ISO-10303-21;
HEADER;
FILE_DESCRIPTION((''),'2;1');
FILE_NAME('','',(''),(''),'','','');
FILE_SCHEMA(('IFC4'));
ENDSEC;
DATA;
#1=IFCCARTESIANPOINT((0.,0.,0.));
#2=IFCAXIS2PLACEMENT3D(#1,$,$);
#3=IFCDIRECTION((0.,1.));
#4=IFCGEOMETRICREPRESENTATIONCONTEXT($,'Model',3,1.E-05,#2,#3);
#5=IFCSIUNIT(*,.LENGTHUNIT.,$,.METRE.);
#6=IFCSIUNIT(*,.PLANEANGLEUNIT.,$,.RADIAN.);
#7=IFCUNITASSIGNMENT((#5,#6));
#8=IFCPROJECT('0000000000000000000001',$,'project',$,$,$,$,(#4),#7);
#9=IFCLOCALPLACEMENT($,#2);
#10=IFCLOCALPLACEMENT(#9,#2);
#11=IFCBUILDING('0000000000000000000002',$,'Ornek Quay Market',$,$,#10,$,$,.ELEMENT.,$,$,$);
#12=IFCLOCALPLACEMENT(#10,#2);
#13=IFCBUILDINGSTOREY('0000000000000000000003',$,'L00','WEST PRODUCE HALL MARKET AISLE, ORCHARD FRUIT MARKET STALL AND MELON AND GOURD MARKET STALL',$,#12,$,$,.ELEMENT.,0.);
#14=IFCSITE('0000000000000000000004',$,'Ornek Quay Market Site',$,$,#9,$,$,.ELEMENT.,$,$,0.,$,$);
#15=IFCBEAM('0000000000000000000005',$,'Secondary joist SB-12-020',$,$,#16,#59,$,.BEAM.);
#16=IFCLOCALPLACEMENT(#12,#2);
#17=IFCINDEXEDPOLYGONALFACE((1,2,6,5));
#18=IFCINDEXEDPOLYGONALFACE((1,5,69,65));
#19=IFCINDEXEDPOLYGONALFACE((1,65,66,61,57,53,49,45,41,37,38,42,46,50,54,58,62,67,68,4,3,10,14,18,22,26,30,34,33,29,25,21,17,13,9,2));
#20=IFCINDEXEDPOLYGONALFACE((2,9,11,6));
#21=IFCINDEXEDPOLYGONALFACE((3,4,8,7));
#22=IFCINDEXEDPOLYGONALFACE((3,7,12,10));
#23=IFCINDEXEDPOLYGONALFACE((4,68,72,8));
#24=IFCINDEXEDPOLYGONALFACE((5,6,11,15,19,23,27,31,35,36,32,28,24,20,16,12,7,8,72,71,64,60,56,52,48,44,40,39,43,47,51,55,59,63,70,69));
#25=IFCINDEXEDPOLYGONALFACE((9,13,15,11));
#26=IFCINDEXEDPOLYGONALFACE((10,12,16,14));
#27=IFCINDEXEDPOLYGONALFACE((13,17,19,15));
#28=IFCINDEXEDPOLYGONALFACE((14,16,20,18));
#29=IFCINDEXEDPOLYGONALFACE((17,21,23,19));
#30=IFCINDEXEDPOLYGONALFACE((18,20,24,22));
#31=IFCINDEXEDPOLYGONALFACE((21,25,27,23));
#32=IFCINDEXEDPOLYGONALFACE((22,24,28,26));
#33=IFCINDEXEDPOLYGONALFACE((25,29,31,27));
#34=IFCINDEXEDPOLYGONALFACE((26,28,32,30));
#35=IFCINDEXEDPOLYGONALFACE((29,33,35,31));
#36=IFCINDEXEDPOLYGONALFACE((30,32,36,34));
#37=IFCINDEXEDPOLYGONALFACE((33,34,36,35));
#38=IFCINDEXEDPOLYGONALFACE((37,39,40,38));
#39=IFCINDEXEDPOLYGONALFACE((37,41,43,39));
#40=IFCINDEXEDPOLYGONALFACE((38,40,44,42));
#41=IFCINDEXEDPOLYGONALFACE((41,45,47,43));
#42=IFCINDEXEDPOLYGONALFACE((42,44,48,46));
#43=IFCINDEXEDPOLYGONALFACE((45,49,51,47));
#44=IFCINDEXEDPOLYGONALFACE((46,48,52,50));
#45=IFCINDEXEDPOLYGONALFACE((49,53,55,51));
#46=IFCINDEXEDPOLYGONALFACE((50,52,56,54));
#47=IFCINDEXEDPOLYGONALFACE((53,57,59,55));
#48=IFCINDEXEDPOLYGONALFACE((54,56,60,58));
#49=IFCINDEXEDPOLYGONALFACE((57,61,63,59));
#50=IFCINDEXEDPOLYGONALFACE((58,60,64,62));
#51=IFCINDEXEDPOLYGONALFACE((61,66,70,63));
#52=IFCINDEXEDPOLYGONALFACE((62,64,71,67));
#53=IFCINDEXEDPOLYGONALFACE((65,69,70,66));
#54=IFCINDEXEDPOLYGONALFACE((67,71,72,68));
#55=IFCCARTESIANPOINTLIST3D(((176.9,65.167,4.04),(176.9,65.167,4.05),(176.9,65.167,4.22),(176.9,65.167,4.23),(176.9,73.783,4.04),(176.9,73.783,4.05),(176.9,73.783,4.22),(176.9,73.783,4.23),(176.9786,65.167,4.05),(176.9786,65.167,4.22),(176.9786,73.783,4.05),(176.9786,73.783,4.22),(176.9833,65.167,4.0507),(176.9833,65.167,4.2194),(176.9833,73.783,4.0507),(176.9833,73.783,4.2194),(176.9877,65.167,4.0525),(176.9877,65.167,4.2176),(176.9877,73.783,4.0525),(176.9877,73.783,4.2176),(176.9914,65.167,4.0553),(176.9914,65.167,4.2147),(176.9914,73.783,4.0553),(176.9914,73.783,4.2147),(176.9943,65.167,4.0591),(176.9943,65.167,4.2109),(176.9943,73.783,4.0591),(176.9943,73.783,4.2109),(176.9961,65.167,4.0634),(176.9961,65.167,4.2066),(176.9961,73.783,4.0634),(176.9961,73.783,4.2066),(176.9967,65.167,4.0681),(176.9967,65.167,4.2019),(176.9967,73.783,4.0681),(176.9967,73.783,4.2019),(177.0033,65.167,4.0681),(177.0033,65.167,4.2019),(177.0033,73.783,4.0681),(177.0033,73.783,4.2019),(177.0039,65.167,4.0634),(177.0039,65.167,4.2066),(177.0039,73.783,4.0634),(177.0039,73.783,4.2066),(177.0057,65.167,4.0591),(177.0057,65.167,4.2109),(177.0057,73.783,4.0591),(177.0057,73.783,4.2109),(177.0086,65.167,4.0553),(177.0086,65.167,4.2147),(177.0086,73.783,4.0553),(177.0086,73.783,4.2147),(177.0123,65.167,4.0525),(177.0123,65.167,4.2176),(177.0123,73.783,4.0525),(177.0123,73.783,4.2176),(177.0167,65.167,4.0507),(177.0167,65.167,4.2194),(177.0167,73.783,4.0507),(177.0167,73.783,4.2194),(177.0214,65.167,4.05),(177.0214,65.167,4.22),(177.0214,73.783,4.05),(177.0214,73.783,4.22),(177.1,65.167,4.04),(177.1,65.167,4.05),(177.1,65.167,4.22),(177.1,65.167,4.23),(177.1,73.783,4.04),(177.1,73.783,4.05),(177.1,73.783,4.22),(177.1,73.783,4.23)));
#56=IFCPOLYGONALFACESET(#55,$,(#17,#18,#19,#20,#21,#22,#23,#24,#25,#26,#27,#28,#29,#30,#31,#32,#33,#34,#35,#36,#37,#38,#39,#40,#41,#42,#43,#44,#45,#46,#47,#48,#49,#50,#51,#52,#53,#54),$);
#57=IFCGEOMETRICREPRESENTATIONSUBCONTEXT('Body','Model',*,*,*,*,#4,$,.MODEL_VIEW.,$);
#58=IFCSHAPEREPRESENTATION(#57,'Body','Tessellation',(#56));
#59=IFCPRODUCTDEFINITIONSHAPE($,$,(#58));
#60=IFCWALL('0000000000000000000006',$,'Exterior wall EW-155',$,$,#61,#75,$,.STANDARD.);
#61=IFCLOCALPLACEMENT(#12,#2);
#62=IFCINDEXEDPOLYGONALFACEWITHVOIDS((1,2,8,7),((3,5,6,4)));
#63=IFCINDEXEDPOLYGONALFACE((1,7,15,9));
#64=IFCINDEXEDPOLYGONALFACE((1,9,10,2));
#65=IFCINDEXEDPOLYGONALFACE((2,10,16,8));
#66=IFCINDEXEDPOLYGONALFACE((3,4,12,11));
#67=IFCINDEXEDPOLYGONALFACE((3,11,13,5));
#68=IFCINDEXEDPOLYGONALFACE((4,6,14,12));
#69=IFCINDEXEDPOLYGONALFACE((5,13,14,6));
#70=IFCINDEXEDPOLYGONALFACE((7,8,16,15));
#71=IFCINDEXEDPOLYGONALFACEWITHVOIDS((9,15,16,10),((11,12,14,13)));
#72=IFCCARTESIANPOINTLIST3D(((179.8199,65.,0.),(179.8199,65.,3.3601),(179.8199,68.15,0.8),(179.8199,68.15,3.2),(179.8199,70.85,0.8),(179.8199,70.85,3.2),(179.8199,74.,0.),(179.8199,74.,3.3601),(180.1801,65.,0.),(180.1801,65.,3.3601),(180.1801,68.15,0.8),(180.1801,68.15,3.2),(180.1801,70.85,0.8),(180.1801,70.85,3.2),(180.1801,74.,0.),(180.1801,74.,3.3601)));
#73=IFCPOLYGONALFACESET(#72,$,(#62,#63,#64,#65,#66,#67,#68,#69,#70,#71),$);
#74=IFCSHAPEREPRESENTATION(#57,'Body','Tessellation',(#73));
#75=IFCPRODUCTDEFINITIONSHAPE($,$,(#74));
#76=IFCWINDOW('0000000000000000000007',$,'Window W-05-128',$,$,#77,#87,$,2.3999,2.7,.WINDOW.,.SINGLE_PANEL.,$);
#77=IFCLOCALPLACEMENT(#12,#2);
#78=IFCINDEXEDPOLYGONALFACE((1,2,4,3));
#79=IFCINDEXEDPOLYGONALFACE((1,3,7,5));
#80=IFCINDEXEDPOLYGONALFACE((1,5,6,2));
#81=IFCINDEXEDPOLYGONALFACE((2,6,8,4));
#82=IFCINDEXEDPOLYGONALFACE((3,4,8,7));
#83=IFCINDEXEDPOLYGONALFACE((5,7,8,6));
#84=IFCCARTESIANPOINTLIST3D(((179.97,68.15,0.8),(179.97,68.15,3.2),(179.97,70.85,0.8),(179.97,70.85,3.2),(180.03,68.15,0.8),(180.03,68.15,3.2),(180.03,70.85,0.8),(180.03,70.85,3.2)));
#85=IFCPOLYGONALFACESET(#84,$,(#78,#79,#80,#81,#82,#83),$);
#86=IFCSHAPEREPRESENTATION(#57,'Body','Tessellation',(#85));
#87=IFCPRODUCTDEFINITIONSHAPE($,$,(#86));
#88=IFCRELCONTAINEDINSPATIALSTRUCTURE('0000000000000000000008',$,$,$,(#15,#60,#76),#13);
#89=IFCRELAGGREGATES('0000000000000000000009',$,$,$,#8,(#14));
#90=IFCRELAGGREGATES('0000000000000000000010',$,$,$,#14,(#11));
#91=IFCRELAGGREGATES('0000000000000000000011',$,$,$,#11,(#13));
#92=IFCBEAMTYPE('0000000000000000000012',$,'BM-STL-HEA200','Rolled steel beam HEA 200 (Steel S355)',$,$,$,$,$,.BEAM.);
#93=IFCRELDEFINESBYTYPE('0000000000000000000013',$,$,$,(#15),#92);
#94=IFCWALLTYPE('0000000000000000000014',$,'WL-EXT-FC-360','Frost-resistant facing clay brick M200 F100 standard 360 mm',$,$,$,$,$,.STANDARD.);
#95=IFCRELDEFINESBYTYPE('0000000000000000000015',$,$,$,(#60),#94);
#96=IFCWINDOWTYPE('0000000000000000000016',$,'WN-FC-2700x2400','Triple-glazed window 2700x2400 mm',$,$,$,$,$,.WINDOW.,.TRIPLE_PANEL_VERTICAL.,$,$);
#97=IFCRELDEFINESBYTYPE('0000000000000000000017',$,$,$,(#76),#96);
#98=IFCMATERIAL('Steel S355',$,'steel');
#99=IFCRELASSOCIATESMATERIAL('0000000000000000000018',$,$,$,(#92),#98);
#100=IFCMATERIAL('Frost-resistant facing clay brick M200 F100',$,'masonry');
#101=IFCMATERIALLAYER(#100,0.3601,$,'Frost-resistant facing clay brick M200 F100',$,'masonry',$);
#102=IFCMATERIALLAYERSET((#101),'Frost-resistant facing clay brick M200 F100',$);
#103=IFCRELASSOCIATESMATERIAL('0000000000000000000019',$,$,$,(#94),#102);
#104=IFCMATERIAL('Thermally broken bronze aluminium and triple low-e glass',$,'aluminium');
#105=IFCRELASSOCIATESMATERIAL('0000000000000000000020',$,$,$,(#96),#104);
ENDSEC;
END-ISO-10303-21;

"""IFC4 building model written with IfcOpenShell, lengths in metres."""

from ifc_helpers import new_model, si_unit, direction, frame, frame_2d, origin, origin_2d, place, context, subcontext, project, spatial, rectangle, i_section, extrude, material, layer, layer_set, material_profile, profile_set, type_object, element, fill, save


model = new_model("IFC4")

# Units and contexts
model_context = context("Model", 3, precision=1e-05, world=origin(), true_north=direction((0.0, 1.0)))
body_context = subcontext(model_context, "Body", "Model", "MODEL_VIEW")
ifc_project = project(units=[si_unit("LENGTHUNIT", "METRE"), si_unit("PLANEANGLEUNIT", "RADIAN")], contexts=[model_context])

# Site, building, storey
site_placement = place(None, origin())
site = spatial("IfcSite", under=ifc_project, at=site_placement, Name="Ornek Quay Market Site", CompositionType="ELEMENT", RefElevation=0.0)
building_placement = place(site_placement, origin())
building = spatial("IfcBuilding", under=site, at=building_placement, Name="Ornek Quay Market", CompositionType="ELEMENT")
storey_placement = place(building_placement, origin())
storey = spatial("IfcBuildingStorey", under=building, at=storey_placement, Name="L00", Description="WEST PRODUCE HALL MARKET AISLE, ORCHARD FRUIT MARKET STALL AND MELON AND GOURD MARKET STALL", CompositionType="ELEMENT", Elevation=0.0)

# Beam
ifc_material_1 = material(Name="Steel S355", Category="steel")
ifc_material_profile_1 = material_profile(ifc_material_1, i_section(OverallWidth=0.2, OverallDepth=0.1899, WebThickness=0.0066, FlangeThickness=0.01, FilletRadius=0.0181, at=origin_2d()), Name="HEA 200", Category="steel")
ifc_profile_set_1 = profile_set([ifc_material_profile_1], Name="Steel S355")
beam_type_1 = type_object("IfcBeamType", Name="BM-STL-HEA200", Description="Rolled steel beam HEA 200 (Steel S355)", PredefinedType="BEAM", material=ifc_profile_set_1)
for number, where, z_axis, x_axis, name in (
    (1, (177.0, 65.167, 4.135), (0.0, 1.0, 0.0), (-1.0, 0.0, 0.0), "Secondary joist SB-12-020"),
):
    element("IfcBeam", number, at=place(storey_placement, frame(where, z_axis=z_axis, x_axis=x_axis)), inside=storey, type_object=beam_type_1, Name=name, PredefinedType="BEAM", context=body_context, shape_type="SweptSolid", body=[
        extrude(i_section(OverallWidth=0.2, OverallDepth=0.1899, WebThickness=0.0066, FlangeThickness=0.01, FilletRadius=0.0181, at=origin_2d()), origin(), (0.0, 0.0, 1.0), 8.616),
    ])

# Wall, opening, window
ifc_material_2 = material(Name="Frost-resistant facing clay brick M200 F100", Category="masonry")
ifc_layer_1 = layer(ifc_material_2, 0.3601, Name="Frost-resistant facing clay brick M200 F100", Category="masonry")
ifc_layer_set_1 = layer_set([ifc_layer_1], Name="Frost-resistant facing clay brick M200 F100")
wall_type = type_object("IfcWallType", Name="WL-EXT-FC-360", Description="Frost-resistant facing clay brick M200 F100 standard 360 mm", PredefinedType="STANDARD", material=ifc_layer_set_1)
wall_placement = place(storey_placement, frame((180.0, 65.0, 0.0), z_axis=(0.0, 0.0, 1.0), x_axis=(0.0, 1.0, 0.0)))
wall = element("IfcWall", 2, at=wall_placement, inside=storey, type_object=wall_type, Name="Exterior wall EW-155", PredefinedType="STANDARD", context=body_context, shape_type="SweptSolid", body=[
    extrude(rectangle(XDim=9.0, YDim=0.3601, at=frame_2d((4.5, 0.0))), origin(), (0.0, 0.0, 1.0), 3.3601),
])
opening_placement = place(wall_placement, frame((3.1499, 0.0, 0.8)))
opening = element("IfcOpeningElement", 3, at=opening_placement, cuts=wall, PredefinedType="OPENING", context=body_context, shape_type="SweptSolid", body=[
    extrude(rectangle(XDim=2.7, YDim=2.3999, at=frame_2d((1.3501, 1.2))), frame((0.0, 0.1899, 0.0), z_axis=(0.0, -1.0, 0.0), x_axis=(1.0, 0.0, 0.0)), (0.0, 0.0, 1.0), 0.3801),
])
ifc_material_3 = material(Name="Thermally broken bronze aluminium and triple low-e glass", Category="aluminium")
window_type = type_object("IfcWindowType", Name="WN-FC-2700x2400", Description="Triple-glazed window 2700x2400 mm", PartitioningType="TRIPLE_PANEL_VERTICAL", PredefinedType="WINDOW", material=ifc_material_3)
window_placement = place(opening_placement, origin())
window = element("IfcWindow", 4, at=window_placement, inside=storey, type_object=window_type, Name="Window W-05-128", OverallHeight=2.3999, OverallWidth=2.7, PartitioningType="SINGLE_PANEL", PredefinedType="WINDOW", context=body_context, shape_type="SweptSolid", body=[
    extrude(rectangle(XDim=2.7, YDim=2.3999, at=frame_2d((1.3501, 1.2))), frame((0.0, 0.03, 0.0), z_axis=(0.0, -1.0, 0.0), x_axis=(1.0, 0.0, 0.0)), (0.0, 0.0, 1.0), 0.0601),
])
fill(opening, window)

save(model, "model.ifc")
